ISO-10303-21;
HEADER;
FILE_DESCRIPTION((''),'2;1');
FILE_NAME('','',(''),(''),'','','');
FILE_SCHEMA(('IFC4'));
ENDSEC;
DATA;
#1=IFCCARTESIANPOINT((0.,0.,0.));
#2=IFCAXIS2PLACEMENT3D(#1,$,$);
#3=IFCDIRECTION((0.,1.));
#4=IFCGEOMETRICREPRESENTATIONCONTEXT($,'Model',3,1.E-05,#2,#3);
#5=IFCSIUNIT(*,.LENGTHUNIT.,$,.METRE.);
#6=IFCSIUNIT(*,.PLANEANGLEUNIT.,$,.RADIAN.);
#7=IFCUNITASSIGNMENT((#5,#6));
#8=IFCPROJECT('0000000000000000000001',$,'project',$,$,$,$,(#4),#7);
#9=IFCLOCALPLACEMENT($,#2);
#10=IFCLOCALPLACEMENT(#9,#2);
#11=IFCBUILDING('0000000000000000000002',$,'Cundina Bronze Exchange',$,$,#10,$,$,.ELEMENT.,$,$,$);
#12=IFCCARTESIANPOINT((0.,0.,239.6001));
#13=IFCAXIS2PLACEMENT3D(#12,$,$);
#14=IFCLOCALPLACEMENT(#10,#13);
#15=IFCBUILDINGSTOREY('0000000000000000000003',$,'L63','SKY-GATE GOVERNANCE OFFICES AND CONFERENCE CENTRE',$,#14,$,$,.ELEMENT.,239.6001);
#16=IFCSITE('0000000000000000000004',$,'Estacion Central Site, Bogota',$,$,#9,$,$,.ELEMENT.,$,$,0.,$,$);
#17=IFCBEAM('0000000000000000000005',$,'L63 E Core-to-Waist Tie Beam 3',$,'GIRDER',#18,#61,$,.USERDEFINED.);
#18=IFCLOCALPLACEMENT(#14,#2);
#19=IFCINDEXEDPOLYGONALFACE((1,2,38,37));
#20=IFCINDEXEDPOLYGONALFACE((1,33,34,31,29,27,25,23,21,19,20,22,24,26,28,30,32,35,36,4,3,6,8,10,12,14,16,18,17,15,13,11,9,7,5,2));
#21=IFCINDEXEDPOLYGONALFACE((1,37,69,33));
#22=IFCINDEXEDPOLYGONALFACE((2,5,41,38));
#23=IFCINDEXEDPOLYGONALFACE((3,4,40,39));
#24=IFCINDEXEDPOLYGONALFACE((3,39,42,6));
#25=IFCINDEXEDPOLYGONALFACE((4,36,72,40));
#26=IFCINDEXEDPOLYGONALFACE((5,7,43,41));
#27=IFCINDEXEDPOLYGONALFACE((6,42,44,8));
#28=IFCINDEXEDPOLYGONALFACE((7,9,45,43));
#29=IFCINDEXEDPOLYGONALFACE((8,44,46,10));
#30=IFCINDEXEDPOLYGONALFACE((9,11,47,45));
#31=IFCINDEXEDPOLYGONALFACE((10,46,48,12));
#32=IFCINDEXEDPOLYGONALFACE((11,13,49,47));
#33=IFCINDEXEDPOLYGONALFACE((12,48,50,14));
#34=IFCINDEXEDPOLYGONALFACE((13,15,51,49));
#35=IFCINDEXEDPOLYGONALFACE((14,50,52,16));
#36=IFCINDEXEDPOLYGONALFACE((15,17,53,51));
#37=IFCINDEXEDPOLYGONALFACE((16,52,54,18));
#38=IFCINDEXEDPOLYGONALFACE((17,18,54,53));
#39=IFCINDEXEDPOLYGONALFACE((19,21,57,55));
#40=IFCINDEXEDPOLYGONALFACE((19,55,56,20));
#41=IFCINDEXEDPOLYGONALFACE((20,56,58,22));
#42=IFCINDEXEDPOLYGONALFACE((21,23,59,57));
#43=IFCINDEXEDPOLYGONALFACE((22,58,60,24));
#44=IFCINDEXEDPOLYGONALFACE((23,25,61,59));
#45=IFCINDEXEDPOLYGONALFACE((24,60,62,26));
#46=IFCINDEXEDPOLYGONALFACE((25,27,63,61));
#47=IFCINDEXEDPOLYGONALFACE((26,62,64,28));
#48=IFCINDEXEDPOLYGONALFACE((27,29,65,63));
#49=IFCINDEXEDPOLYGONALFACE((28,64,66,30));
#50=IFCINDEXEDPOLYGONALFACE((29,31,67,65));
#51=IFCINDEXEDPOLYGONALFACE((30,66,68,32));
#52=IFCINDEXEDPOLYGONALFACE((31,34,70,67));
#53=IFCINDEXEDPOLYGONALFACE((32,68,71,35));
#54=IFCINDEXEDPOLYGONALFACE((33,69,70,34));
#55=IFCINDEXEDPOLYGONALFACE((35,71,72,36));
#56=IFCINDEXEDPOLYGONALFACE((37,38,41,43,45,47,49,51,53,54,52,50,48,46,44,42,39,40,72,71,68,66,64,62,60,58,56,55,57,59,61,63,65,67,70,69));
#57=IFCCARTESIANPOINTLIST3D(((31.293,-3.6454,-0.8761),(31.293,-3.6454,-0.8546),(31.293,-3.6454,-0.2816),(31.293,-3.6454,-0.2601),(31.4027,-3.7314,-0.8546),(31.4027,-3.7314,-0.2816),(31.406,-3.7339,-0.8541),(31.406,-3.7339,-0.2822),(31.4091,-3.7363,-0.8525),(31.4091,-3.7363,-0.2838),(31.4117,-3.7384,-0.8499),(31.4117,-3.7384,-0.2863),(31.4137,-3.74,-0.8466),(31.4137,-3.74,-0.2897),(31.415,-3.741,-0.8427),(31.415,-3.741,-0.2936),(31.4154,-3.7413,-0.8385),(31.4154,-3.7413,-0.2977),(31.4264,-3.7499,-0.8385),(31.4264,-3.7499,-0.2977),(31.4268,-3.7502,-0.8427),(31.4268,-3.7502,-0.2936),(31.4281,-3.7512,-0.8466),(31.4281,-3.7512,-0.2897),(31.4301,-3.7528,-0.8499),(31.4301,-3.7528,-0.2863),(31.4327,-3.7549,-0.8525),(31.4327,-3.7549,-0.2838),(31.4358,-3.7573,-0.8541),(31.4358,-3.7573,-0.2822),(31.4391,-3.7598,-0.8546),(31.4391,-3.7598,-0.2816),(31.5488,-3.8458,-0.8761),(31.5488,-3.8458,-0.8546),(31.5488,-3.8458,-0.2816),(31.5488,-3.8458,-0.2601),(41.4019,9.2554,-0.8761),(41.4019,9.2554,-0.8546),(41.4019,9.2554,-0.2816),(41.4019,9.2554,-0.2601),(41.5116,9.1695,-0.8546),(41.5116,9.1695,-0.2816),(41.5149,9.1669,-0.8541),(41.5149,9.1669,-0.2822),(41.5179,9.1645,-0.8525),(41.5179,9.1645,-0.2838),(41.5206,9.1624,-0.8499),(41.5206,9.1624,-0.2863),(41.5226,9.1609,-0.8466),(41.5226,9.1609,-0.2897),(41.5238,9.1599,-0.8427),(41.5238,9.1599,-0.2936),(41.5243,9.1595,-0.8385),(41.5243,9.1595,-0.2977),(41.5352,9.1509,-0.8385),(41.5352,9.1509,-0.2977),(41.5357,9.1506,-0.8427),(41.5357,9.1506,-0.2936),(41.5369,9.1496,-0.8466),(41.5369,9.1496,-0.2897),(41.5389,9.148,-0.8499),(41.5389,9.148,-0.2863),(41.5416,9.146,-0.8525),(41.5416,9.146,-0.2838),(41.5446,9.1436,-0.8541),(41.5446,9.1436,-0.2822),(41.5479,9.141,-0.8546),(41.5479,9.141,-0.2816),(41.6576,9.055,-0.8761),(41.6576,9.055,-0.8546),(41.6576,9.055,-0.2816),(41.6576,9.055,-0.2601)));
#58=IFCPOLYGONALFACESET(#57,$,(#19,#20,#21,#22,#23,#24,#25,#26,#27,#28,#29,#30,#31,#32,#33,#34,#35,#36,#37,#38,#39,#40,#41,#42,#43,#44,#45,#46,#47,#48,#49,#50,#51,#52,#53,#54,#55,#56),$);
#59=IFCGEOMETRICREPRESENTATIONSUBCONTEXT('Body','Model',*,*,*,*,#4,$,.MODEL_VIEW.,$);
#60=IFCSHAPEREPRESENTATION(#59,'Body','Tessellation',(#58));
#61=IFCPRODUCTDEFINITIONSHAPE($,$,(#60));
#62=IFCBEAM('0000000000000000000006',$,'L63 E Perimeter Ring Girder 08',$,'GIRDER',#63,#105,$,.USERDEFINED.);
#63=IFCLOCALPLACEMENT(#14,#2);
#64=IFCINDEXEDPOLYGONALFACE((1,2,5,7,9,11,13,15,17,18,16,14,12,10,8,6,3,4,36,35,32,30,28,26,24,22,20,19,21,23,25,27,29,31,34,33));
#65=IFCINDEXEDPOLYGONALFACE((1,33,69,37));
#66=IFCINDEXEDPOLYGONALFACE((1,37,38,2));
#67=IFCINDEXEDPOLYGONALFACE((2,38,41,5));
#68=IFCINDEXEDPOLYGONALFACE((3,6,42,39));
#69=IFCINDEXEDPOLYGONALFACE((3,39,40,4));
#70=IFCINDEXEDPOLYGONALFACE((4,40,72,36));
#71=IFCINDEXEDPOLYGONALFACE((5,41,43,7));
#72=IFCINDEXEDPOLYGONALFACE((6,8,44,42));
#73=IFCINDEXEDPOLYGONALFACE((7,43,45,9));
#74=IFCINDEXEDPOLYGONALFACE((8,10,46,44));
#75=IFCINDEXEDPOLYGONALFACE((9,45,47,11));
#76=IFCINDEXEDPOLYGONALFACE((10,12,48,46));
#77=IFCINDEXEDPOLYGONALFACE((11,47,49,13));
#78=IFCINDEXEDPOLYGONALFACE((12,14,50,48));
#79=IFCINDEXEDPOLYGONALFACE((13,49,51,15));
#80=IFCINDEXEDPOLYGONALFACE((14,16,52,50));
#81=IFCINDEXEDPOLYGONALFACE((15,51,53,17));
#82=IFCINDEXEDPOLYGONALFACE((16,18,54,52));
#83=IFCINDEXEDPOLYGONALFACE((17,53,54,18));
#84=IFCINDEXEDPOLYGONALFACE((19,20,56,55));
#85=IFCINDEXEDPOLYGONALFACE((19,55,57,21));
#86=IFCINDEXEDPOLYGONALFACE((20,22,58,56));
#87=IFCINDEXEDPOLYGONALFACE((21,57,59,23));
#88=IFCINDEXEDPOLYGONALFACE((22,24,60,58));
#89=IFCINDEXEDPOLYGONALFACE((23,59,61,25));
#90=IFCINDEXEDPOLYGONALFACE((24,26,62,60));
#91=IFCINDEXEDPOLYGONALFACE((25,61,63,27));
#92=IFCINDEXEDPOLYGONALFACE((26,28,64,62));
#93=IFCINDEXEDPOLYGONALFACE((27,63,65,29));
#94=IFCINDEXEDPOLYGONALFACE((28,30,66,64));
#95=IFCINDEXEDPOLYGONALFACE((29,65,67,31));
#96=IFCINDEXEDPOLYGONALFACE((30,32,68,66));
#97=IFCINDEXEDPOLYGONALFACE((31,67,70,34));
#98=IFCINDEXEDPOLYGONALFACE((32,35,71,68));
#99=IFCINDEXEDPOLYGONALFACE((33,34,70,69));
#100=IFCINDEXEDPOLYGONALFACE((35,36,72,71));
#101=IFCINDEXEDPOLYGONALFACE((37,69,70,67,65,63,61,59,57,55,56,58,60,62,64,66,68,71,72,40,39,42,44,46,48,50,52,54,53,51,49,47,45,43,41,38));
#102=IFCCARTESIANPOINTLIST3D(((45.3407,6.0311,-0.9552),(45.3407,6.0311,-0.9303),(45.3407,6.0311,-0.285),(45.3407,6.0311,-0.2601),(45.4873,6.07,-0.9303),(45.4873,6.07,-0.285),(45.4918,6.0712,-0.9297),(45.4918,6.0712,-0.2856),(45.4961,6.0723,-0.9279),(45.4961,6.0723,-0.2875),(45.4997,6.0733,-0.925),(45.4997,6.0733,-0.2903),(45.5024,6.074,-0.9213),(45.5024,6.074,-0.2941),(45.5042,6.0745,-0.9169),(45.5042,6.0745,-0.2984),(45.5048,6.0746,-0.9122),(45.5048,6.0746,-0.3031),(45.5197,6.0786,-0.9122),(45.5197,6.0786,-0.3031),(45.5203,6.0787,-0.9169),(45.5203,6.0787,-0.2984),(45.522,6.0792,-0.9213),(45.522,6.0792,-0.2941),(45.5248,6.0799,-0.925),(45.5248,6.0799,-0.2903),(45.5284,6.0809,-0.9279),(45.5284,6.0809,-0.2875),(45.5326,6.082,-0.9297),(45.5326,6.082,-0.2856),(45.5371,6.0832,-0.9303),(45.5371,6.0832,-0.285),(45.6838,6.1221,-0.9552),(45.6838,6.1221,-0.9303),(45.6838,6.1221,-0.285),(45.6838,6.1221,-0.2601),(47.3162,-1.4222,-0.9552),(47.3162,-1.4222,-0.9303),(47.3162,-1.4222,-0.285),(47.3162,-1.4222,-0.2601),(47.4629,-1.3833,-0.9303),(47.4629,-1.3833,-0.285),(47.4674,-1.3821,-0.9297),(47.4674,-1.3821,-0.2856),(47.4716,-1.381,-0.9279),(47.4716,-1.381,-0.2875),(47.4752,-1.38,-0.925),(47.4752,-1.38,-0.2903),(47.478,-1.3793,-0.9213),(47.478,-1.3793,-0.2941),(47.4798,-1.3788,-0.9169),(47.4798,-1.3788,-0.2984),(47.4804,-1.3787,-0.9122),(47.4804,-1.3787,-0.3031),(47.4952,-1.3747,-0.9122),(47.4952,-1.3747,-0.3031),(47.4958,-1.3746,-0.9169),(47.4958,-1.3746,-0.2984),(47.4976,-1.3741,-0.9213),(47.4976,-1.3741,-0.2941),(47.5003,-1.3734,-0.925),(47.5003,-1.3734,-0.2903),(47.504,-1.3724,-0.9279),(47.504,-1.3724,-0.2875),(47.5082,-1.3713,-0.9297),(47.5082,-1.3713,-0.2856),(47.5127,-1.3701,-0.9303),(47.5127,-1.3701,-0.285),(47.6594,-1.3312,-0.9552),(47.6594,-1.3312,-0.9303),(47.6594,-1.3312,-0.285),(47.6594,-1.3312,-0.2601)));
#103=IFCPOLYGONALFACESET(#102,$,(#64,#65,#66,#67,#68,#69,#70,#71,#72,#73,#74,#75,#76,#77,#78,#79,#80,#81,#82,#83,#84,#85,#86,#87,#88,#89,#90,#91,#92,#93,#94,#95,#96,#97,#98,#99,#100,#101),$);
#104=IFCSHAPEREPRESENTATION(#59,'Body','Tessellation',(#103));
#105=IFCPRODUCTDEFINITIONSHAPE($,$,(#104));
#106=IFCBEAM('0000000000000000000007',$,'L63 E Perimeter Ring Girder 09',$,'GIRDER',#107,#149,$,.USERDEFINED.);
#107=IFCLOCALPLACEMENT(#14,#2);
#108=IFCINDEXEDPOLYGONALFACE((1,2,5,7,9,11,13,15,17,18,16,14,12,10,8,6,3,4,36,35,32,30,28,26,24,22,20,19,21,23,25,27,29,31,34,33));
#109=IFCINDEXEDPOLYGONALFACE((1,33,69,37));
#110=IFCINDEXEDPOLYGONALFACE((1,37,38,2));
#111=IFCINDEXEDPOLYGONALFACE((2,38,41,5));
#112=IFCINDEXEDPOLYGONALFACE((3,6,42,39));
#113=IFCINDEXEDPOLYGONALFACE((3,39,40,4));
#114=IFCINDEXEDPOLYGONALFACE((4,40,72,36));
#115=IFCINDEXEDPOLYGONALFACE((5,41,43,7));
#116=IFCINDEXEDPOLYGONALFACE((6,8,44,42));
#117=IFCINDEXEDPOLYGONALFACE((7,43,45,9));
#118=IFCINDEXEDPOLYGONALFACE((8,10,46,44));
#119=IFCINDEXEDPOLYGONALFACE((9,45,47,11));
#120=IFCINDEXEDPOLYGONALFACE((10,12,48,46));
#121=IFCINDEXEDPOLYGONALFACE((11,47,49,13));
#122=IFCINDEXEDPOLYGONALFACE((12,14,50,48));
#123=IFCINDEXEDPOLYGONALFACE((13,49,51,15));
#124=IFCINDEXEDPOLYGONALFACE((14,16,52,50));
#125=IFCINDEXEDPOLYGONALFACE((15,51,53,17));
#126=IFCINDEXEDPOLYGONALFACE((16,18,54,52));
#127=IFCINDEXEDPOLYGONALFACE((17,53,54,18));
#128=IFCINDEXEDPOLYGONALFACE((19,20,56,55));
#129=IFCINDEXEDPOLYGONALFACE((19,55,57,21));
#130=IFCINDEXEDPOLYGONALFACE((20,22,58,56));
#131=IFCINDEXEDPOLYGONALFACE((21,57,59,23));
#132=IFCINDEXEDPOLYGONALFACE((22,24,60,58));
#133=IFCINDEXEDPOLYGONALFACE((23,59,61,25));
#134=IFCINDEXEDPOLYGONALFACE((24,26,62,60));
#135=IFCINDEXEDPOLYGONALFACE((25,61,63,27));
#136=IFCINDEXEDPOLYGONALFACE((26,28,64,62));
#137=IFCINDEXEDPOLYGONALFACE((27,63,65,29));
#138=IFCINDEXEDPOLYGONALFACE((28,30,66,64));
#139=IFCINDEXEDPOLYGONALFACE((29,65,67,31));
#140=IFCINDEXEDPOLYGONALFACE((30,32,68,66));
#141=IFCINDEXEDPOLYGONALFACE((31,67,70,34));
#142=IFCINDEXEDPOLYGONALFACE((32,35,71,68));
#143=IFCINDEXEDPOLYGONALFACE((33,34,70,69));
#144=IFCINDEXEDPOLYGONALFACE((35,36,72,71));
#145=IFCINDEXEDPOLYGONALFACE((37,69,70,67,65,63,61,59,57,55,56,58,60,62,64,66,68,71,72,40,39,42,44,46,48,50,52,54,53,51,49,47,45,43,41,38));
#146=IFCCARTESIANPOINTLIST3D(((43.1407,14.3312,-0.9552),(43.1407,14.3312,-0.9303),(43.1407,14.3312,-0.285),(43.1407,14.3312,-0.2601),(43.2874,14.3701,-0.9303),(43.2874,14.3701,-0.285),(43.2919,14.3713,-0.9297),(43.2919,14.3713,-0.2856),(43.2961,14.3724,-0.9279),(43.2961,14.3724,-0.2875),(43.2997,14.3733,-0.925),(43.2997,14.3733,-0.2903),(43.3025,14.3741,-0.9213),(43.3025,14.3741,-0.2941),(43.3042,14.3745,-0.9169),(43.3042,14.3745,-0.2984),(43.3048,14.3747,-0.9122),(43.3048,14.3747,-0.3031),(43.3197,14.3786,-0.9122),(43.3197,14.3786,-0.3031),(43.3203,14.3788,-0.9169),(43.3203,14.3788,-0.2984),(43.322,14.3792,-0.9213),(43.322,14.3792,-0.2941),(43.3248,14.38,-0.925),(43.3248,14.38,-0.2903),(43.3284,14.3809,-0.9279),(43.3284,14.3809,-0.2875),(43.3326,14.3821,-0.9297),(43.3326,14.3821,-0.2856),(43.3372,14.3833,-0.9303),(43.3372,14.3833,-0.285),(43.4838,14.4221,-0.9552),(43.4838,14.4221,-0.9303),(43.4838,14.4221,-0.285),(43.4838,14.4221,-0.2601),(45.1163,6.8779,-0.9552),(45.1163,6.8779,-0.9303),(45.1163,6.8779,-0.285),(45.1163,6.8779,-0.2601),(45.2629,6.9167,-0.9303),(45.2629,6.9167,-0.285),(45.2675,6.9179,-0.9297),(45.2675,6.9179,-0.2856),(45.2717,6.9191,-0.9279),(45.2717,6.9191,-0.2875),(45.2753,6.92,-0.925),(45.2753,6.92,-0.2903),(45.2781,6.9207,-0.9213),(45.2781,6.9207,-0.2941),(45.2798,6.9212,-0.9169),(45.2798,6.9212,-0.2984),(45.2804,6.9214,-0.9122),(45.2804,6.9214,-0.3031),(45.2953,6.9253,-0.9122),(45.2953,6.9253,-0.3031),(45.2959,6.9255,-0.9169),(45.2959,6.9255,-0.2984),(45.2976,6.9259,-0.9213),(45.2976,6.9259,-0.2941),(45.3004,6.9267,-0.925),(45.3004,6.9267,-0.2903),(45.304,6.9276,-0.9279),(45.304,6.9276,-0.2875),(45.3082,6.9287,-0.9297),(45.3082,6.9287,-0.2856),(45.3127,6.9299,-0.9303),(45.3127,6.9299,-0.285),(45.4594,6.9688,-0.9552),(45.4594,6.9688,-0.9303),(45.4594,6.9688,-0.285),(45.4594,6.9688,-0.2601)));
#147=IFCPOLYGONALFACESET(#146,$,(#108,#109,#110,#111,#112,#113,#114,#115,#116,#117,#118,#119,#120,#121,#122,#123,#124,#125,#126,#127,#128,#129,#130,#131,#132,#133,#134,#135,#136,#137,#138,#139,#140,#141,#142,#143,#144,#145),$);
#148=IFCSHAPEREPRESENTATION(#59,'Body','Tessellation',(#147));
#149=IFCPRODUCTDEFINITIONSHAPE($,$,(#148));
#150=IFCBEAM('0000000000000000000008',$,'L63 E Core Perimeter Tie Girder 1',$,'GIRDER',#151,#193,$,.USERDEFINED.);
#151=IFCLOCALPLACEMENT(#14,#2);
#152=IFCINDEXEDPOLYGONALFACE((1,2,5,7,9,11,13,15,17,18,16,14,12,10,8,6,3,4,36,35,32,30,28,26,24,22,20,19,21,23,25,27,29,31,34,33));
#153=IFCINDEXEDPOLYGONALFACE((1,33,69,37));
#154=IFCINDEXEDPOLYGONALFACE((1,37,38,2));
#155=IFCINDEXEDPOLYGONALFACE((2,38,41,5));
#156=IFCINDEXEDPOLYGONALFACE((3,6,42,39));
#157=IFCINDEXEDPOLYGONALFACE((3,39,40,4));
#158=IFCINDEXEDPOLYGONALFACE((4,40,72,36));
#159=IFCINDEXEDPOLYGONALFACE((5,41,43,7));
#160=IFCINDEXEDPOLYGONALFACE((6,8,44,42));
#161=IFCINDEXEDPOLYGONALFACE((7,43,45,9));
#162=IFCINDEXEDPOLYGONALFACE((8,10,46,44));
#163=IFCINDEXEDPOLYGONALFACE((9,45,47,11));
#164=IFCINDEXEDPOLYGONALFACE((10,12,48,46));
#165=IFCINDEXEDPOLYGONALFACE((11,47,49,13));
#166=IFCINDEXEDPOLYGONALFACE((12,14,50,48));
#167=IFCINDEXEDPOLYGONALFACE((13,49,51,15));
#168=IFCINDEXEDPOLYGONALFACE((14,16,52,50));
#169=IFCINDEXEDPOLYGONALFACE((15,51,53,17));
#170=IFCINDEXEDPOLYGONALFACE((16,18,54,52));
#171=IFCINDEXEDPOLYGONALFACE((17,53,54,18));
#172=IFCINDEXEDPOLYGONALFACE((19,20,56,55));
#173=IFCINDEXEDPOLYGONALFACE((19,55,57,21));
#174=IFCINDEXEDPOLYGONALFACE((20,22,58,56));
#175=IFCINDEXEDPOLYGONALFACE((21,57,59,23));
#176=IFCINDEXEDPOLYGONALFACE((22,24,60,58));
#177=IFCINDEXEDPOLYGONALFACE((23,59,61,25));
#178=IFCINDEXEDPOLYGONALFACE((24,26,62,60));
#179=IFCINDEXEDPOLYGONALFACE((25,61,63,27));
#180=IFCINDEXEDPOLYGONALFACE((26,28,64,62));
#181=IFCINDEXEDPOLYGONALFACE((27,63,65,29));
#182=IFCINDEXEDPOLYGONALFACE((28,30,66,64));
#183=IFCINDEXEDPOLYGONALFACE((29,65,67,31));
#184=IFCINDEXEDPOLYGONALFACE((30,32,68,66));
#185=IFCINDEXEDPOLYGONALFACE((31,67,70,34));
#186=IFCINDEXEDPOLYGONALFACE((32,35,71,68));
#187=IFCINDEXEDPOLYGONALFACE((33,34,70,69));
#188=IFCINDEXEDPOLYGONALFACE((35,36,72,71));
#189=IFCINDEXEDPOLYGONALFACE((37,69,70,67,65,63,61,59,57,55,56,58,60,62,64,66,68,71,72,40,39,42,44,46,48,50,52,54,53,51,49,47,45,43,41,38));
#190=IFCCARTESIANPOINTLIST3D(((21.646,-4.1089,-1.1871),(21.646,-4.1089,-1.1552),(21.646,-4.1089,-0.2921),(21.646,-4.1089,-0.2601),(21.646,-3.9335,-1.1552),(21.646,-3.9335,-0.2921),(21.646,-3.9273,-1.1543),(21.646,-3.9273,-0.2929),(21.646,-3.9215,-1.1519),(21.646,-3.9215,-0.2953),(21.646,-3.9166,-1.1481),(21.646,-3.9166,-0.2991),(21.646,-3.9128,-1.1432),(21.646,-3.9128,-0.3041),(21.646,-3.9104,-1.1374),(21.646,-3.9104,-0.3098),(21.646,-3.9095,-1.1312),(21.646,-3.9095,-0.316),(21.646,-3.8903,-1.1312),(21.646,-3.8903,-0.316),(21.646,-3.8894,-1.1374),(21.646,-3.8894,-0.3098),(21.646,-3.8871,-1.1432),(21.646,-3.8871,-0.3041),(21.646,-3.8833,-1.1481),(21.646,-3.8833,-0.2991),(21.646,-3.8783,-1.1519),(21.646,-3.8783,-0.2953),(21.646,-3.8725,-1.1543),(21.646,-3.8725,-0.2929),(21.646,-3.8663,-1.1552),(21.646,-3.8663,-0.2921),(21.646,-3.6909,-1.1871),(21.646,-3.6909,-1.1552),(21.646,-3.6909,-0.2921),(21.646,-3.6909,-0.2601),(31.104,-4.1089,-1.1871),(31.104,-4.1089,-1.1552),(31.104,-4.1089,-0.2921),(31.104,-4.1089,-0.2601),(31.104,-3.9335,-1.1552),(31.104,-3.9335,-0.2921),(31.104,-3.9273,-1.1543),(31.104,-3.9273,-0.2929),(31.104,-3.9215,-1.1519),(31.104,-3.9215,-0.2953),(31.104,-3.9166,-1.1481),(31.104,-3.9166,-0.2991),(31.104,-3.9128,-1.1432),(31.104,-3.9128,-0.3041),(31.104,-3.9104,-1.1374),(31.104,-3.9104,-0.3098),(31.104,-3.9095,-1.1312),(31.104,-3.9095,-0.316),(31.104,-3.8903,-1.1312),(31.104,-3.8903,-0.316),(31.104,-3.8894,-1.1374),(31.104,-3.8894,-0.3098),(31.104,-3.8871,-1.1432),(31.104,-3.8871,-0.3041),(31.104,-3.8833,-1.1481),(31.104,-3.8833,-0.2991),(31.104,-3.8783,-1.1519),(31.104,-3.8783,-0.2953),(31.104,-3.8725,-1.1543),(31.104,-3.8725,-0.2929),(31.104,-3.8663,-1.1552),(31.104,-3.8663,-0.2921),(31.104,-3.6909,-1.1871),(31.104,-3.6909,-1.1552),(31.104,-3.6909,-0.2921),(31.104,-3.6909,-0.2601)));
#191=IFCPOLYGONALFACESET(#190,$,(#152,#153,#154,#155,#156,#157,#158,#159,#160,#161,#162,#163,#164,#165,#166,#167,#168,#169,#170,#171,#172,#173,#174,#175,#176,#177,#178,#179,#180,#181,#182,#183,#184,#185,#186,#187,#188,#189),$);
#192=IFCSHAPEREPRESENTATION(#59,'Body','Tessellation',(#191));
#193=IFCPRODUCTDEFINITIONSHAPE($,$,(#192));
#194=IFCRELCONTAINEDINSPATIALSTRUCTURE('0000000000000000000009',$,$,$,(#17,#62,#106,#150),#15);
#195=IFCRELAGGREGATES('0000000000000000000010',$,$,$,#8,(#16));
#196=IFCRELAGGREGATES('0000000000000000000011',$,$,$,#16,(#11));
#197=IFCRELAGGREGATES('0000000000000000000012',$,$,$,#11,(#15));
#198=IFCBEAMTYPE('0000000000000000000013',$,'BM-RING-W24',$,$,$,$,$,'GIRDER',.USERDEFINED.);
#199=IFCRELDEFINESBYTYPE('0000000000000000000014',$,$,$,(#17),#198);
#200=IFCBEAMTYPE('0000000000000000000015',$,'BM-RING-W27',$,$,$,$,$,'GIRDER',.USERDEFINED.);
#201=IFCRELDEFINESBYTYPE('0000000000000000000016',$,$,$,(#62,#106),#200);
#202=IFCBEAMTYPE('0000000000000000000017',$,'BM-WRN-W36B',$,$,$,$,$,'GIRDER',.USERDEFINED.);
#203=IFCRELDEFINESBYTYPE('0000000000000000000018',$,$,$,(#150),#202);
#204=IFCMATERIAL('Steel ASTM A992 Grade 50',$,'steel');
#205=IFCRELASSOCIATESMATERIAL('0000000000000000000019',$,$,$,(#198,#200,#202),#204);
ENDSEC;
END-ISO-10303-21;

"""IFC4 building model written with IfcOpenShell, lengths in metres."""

from ifc_helpers import new_model, si_unit, direction, frame, origin, origin_2d, place, context, subcontext, project, spatial, i_section, extrude, material, material_profile, profile_set, type_object, element, save


model = new_model("IFC4")

# Units and contexts
model_context = context("Model", 3, precision=1e-05, world=origin(), true_north=direction((0.0, 1.0)))
body_context = subcontext(model_context, "Body", "Model", "MODEL_VIEW")
ifc_project = project(units=[si_unit("LENGTHUNIT", "METRE"), si_unit("PLANEANGLEUNIT", "RADIAN")], contexts=[model_context])

# Site, building, storey
site_placement = place(None, origin())
site = spatial("IfcSite", under=ifc_project, at=site_placement, Name="Estacion Central Site, Bogota", CompositionType="ELEMENT", RefElevation=0.0)
building_placement = place(site_placement, origin())
building = spatial("IfcBuilding", under=site, at=building_placement, Name="Cundina Bronze Exchange", CompositionType="ELEMENT")
storey_placement = place(building_placement, frame((0.0, 0.0, 239.6001)))
storey = spatial("IfcBuildingStorey", under=building, at=storey_placement, Name="L63", Description="SKY-GATE GOVERNANCE OFFICES AND CONFERENCE CENTRE", CompositionType="ELEMENT", Elevation=239.6001)

# Shared definitions
ifc_material_1 = material(Name="Steel ASTM A992 Grade 50", Category="steel")

# Beams
ifc_material_profile_1 = material_profile(ifc_material_1, i_section(OverallWidth=0.325, OverallDepth=0.616, WebThickness=0.0139, FlangeThickness=0.0215, FilletRadius=0.0161, at=origin_2d()), Name="W24X117", Category="steel")
ifc_profile_set_1 = profile_set([ifc_material_profile_1], Name="Steel ASTM A992 Grade 50")
beam_type_1 = type_object("IfcBeamType", Name="BM-RING-W24", ElementType="GIRDER", PredefinedType="USERDEFINED", material=ifc_profile_set_1)
beam_1_placement = place(storey_placement, frame((31.4209, -3.7456, -0.5681), z_axis=(0.616783, 0.787133, 0.0), x_axis=(-0.787133, 0.616783, 0.0)))
element("IfcBeam", 1, at=beam_1_placement, inside=storey, type_object=beam_type_1, Name="L63 E Core-to-Waist Tie Beam 3", ObjectType="GIRDER", PredefinedType="USERDEFINED", context=body_context, shape_type="SweptSolid", body=[
    extrude(i_section(OverallWidth=0.325, OverallDepth=0.616, WebThickness=0.0139, FlangeThickness=0.0215, FilletRadius=0.0161, at=origin_2d()), origin(), (0.0, 0.0, 1.0), 16.3896),
])
ifc_material_profile_2 = material_profile(ifc_material_1, i_section(OverallWidth=0.355, OverallDepth=0.6951, WebThickness=0.0154, FlangeThickness=0.0249, FilletRadius=0.0181, at=origin_2d()), Name="W27X146", Category="steel")
ifc_profile_set_2 = profile_set([ifc_material_profile_2], Name="Steel ASTM A992 Grade 50")
beam_type_2 = type_object("IfcBeamType", Name="BM-RING-W27", ElementType="GIRDER", PredefinedType="USERDEFINED", material=ifc_profile_set_2)
for number, where, z_axis, x_axis, name in (
    (2, (47.4878, -1.3767, -0.6077), (-0.256212, 0.966621, 0.0), (-0.966621, -0.256212, 0.0), "L63 E Perimeter Ring Girder 08"),
    (3, (45.2878, 6.9233, -0.6077), (-0.256212, 0.966621, 0.0), (-0.966621, -0.256212, 0.0), "L63 E Perimeter Ring Girder 09"),
):
    element("IfcBeam", number, at=place(storey_placement, frame(where, z_axis=z_axis, x_axis=x_axis)), inside=storey, type_object=beam_type_2, Name=name, ObjectType="GIRDER", PredefinedType="USERDEFINED", context=body_context, shape_type="SweptSolid", body=[
        extrude(i_section(OverallWidth=0.355, OverallDepth=0.6951, WebThickness=0.0154, FlangeThickness=0.0249, FilletRadius=0.0181, at=origin_2d()), origin(), (0.0, 0.0, 1.0), 7.7107),
    ])
ifc_material_profile_3 = material_profile(ifc_material_1, i_section(OverallWidth=0.418, OverallDepth=0.927, WebThickness=0.0193, FlangeThickness=0.032, FilletRadius=0.0239, at=origin_2d()), Name="W36X231", Category="steel")
ifc_profile_set_3 = profile_set([ifc_material_profile_3], Name="Steel ASTM A992 Grade 50")
beam_type_3 = type_object("IfcBeamType", Name="BM-WRN-W36B", ElementType="GIRDER", PredefinedType="USERDEFINED", material=ifc_profile_set_3)
beam_2_placement = place(storey_placement, frame((31.104, -3.8999, -0.7236), z_axis=(-1.0, 0.0, 0.0), x_axis=(0.0, -1.0, 0.0)))
element("IfcBeam", 4, at=beam_2_placement, inside=storey, type_object=beam_type_3, Name="L63 E Core Perimeter Tie Girder 1", ObjectType="GIRDER", PredefinedType="USERDEFINED", context=body_context, shape_type="SweptSolid", body=[
    extrude(i_section(OverallWidth=0.418, OverallDepth=0.927, WebThickness=0.0193, FlangeThickness=0.032, FilletRadius=0.0239, at=origin_2d()), origin(), (0.0, 0.0, 1.0), 9.458),
])

save(model, "model.ifc")
